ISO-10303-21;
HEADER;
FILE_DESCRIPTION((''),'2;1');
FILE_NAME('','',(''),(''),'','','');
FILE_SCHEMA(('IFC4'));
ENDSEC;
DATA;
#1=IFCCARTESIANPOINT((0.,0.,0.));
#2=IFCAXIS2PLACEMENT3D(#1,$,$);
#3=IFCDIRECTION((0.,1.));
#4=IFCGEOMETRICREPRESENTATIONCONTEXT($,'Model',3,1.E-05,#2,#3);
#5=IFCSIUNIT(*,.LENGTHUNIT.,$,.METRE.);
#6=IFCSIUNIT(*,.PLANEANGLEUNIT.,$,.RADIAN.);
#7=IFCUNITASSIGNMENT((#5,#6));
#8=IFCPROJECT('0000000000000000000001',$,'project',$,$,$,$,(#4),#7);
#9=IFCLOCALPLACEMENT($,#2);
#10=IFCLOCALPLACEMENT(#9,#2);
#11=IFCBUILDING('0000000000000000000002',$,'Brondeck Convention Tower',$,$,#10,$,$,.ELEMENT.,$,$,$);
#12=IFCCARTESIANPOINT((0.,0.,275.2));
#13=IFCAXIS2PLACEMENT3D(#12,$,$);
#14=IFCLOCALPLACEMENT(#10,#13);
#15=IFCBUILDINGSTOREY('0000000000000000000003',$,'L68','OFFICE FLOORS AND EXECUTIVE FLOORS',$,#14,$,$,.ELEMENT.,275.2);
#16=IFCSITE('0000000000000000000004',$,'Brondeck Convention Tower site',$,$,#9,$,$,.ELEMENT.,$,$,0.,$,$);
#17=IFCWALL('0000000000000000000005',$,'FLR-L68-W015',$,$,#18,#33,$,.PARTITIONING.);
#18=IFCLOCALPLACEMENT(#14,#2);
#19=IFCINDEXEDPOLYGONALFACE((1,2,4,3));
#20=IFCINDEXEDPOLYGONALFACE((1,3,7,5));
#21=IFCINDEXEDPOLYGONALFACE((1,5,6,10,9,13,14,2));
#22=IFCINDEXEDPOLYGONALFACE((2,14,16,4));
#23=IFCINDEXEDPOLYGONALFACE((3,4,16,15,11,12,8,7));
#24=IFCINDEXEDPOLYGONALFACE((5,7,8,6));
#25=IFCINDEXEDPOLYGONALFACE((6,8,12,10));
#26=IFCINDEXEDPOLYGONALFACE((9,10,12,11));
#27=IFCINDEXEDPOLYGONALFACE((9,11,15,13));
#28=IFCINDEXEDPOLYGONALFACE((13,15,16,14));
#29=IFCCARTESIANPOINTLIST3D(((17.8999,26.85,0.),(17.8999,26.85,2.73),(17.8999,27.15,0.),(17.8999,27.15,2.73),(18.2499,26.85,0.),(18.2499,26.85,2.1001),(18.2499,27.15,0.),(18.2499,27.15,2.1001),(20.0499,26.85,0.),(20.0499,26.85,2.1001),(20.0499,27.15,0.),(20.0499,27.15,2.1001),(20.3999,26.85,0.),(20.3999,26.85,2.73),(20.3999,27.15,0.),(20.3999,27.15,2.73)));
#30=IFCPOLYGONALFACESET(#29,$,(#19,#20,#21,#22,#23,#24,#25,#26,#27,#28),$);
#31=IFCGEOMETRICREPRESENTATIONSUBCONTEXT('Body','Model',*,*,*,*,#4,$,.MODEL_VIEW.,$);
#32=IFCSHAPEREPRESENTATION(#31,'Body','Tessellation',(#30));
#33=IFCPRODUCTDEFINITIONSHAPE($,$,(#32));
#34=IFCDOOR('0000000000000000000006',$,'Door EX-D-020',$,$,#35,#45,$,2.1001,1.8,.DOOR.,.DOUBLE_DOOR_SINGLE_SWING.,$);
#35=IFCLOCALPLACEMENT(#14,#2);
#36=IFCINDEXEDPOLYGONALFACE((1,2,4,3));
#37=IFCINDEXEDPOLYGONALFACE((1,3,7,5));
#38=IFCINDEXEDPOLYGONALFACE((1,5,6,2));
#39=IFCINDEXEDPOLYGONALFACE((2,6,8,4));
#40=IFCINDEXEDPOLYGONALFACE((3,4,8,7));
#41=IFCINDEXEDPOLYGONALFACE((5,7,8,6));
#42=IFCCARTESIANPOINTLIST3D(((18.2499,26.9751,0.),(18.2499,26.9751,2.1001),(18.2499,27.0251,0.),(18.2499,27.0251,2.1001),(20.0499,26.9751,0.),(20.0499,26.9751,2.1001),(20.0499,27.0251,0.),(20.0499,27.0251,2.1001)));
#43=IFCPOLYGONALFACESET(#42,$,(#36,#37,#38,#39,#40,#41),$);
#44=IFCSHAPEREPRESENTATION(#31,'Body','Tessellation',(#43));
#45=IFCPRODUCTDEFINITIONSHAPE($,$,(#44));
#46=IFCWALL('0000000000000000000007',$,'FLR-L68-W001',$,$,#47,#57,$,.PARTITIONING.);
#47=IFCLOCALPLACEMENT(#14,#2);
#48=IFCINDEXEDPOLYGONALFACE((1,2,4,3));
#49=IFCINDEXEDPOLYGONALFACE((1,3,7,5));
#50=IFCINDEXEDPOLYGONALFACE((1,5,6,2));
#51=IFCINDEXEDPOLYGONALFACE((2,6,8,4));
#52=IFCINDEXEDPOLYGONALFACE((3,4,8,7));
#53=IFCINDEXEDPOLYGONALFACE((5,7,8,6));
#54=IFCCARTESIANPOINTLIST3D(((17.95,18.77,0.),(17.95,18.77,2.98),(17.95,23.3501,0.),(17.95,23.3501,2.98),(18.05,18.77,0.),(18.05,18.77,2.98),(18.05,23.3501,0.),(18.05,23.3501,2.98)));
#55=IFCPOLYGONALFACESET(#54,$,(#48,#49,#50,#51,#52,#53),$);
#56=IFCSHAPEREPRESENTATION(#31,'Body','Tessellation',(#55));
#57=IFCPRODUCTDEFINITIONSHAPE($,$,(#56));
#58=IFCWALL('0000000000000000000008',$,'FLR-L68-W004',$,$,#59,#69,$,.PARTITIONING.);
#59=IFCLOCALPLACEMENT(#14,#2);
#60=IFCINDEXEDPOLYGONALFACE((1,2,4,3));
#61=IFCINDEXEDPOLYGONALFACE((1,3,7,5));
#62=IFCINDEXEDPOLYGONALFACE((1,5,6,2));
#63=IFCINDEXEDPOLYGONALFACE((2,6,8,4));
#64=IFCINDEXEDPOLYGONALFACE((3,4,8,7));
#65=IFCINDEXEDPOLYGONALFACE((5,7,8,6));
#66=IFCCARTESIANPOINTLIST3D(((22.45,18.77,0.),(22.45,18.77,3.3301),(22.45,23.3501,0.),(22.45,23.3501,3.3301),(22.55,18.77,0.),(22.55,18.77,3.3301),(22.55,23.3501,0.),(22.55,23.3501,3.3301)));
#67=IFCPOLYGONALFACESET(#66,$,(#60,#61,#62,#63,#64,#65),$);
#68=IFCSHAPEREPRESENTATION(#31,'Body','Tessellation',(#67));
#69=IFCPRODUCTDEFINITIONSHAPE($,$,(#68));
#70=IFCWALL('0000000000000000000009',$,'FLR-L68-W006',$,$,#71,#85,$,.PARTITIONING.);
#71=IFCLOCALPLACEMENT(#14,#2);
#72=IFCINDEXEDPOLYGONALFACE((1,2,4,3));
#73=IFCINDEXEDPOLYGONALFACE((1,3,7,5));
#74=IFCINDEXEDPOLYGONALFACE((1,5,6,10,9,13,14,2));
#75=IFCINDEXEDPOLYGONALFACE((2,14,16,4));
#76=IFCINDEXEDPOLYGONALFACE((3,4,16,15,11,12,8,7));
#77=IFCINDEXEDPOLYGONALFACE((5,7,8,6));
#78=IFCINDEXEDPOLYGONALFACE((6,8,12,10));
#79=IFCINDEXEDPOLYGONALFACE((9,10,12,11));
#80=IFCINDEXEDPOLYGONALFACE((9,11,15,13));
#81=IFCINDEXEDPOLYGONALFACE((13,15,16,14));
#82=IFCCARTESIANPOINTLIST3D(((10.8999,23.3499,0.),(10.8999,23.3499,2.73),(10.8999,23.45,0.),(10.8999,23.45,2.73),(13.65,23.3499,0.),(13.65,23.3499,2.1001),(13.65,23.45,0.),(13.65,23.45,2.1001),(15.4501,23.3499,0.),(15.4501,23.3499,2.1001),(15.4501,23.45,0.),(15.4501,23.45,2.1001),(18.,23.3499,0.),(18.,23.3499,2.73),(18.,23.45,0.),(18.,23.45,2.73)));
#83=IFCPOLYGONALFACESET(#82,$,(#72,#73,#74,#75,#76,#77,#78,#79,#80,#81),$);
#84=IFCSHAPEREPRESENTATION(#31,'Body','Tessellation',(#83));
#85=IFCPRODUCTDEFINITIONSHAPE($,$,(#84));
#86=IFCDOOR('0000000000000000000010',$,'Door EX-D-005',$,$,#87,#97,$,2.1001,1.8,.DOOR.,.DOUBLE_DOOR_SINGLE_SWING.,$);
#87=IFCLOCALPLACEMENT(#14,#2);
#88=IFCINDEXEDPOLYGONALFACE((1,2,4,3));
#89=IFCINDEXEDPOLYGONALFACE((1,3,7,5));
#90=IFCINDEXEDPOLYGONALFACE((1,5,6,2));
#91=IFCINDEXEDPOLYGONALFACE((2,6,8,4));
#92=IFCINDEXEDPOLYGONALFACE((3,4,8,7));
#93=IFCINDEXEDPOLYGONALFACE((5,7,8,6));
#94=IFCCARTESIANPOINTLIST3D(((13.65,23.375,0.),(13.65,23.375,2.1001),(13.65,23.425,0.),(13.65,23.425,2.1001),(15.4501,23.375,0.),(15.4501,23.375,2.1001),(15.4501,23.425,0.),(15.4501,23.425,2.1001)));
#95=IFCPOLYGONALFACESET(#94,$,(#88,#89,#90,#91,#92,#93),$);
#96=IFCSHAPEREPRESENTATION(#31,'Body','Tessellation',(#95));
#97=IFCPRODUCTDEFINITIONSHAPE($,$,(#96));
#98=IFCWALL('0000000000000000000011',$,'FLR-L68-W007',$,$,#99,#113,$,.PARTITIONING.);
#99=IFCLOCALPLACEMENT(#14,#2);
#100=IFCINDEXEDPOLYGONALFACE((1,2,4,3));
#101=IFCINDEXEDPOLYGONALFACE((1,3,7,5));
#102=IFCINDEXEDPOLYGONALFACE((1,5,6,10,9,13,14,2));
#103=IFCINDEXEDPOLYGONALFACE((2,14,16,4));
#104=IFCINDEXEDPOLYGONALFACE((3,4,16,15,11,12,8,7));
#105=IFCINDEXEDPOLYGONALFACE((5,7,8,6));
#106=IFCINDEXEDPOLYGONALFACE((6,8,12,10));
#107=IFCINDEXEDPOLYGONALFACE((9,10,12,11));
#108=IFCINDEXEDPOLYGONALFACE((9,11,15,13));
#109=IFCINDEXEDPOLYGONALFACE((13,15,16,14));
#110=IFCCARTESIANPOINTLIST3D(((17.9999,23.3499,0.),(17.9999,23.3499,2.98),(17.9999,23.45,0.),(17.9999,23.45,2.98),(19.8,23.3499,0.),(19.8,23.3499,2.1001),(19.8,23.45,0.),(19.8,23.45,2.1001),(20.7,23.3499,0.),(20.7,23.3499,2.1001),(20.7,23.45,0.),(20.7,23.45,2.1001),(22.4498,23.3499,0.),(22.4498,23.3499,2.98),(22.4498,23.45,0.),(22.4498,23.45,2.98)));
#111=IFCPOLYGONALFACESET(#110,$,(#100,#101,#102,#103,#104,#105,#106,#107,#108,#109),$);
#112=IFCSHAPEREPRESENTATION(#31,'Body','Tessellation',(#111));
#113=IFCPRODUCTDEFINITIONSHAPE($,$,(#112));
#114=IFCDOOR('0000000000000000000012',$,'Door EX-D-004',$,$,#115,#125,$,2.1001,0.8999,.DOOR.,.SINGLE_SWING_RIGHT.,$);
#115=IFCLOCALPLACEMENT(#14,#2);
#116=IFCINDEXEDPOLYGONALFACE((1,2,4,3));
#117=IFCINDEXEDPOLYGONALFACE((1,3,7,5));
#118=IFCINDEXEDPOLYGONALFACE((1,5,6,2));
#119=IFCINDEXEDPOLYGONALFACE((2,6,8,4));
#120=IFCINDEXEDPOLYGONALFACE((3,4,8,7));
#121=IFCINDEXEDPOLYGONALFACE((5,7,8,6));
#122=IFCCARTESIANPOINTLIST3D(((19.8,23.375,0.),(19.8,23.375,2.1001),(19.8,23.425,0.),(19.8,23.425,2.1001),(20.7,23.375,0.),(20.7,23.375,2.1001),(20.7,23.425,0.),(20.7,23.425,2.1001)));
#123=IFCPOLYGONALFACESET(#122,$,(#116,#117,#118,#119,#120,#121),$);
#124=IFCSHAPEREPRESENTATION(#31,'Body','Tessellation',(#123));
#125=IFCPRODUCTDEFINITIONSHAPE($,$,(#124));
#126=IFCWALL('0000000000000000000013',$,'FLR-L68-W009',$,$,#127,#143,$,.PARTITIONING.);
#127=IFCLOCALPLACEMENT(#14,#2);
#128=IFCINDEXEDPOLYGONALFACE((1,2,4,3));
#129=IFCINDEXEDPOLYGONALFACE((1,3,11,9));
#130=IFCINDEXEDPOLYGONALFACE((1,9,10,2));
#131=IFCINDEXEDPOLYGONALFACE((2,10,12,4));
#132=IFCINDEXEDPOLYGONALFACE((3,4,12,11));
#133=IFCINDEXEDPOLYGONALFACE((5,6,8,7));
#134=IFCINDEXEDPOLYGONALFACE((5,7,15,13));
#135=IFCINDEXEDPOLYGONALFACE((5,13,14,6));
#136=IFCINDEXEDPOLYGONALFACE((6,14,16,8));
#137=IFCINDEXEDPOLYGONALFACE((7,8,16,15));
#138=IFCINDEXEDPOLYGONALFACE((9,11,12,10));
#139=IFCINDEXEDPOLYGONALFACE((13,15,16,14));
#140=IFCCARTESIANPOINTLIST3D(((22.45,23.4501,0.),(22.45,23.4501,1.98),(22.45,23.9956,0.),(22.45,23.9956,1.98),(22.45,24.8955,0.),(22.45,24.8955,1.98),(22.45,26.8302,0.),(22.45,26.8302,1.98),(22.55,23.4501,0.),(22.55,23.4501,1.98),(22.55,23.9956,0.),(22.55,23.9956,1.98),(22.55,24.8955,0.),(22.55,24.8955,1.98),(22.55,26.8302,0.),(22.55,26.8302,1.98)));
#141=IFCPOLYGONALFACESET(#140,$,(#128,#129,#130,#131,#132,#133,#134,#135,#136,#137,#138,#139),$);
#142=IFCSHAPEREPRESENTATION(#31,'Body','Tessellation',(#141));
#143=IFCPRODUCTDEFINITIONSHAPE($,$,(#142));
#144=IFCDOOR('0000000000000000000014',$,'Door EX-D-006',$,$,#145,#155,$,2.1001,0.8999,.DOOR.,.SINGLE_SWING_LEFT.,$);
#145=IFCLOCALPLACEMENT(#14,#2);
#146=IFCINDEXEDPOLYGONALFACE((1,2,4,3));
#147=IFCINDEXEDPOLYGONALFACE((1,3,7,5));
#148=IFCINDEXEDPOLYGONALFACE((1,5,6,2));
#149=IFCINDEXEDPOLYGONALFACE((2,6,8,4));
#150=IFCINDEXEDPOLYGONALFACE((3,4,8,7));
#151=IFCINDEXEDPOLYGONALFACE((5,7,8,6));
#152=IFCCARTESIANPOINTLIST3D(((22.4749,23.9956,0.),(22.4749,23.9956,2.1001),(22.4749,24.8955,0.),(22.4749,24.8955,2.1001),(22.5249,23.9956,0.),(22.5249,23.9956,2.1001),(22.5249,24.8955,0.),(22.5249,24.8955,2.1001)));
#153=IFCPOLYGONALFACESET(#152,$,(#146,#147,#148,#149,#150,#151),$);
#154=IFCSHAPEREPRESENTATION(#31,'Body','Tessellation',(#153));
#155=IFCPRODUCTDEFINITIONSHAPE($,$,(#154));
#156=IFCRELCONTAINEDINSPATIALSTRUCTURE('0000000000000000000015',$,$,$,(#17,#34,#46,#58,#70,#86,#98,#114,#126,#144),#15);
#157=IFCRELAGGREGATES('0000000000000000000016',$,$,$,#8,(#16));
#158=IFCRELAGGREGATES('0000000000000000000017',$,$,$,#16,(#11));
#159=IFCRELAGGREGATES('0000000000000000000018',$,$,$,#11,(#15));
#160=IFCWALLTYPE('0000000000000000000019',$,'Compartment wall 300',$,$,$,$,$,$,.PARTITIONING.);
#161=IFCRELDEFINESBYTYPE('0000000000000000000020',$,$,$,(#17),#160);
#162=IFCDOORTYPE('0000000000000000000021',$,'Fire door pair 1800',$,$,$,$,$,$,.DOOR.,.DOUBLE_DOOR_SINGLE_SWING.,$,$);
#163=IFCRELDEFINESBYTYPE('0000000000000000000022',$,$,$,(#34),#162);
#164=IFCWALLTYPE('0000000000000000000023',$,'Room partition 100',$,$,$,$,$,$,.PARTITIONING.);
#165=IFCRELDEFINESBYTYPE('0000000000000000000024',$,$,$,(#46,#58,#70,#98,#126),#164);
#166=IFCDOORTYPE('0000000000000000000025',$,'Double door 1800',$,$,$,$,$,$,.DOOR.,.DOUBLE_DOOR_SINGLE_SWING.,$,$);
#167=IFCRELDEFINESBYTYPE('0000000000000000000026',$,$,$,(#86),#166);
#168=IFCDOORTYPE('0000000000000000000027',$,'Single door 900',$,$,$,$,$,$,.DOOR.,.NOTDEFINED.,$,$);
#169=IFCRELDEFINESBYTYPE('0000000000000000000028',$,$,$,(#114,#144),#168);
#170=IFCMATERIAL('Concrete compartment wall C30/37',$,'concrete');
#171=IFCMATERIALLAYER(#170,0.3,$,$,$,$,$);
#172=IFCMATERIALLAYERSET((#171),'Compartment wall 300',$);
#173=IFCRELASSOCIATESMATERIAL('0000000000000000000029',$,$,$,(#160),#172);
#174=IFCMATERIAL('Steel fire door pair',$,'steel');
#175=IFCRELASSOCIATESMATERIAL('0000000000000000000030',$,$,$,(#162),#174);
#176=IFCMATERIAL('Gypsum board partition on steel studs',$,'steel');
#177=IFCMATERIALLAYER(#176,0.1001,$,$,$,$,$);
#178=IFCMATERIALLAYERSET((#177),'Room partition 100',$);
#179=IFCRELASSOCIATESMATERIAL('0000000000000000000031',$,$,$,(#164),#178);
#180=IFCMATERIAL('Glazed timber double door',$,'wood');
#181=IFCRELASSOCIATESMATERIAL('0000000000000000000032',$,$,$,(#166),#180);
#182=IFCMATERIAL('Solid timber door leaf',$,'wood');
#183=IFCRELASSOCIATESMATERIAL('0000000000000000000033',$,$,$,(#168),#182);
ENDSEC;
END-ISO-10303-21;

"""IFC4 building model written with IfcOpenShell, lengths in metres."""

from ifc_helpers import new_model, si_unit, direction, frame, frame_2d, origin, place, context, subcontext, project, spatial, rectangle, extrude, material, layer, layer_set, type_object, element, fill, save


model = new_model("IFC4")

# Units and contexts
model_context = context("Model", 3, precision=1e-05, world=origin(), true_north=direction((0.0, 1.0)))
body_context = subcontext(model_context, "Body", "Model", "MODEL_VIEW")
ifc_project = project(units=[si_unit("LENGTHUNIT", "METRE"), si_unit("PLANEANGLEUNIT", "RADIAN")], contexts=[model_context])

# Site, building, storey
site_placement = place(None, origin())
site = spatial("IfcSite", under=ifc_project, at=site_placement, Name="Brondeck Convention Tower site", CompositionType="ELEMENT", RefElevation=0.0)
building_placement = place(site_placement, origin())
building = spatial("IfcBuilding", under=site, at=building_placement, Name="Brondeck Convention Tower", CompositionType="ELEMENT")
storey_placement = place(building_placement, frame((0.0, 0.0, 275.2)))
storey = spatial("IfcBuildingStorey", under=building, at=storey_placement, Name="L68", Description="OFFICE FLOORS AND EXECUTIVE FLOORS", CompositionType="ELEMENT", Elevation=275.2)

# Shared definitions
ifc_material_1 = material(Name="Concrete compartment wall C30/37", Category="concrete")
ifc_layer_1 = layer(ifc_material_1, 0.3)
ifc_layer_set_1 = layer_set([ifc_layer_1], Name="Compartment wall 300")
wall_type_1 = type_object("IfcWallType", Name="Compartment wall 300", PredefinedType="PARTITIONING", material=ifc_layer_set_1)

# Wall, opening, door
wall_1_placement = place(storey_placement, frame((20.3999, 27.0, 0.0), z_axis=(0.0, 0.0, 1.0), x_axis=(-1.0, 0.0, 0.0)))
wall_1 = element("IfcWall", 1, at=wall_1_placement, inside=storey, type_object=wall_type_1, Name="FLR-L68-W015", PredefinedType="PARTITIONING", context=body_context, shape_type="SweptSolid", body=[
    extrude(rectangle(XDim=2.5, YDim=0.3, at=frame_2d((1.25, 0.0))), origin(), (0.0, 0.0, 1.0), 2.73),
])
opening_1_placement = place(wall_1_placement, frame((0.3501, 0.0, 0.0)))
opening_1 = element("IfcOpeningElement", 2, at=opening_1_placement, cuts=wall_1, PredefinedType="OPENING", context=body_context, shape_type="SweptSolid", body=[
    extrude(rectangle(XDim=1.8, YDim=2.1001, at=frame_2d((0.8999, 1.05))), frame((0.0, 0.1599, 0.0), z_axis=(0.0, -1.0, 0.0), x_axis=(1.0, 0.0, 0.0)), (0.0, 0.0, 1.0), 0.3201),
])
ifc_material_2 = material(Name="Steel fire door pair", Category="steel")
door_type_1 = type_object("IfcDoorType", Name="Fire door pair 1800", OperationType="DOUBLE_DOOR_SINGLE_SWING", PredefinedType="DOOR", material=ifc_material_2)
door_1_placement = place(opening_1_placement, origin())
door_1 = element("IfcDoor", 3, at=door_1_placement, inside=storey, type_object=door_type_1, Name="Door EX-D-020", OperationType="DOUBLE_DOOR_SINGLE_SWING", OverallHeight=2.1001, OverallWidth=1.8, PredefinedType="DOOR", context=body_context, shape_type="SweptSolid", body=[
    extrude(rectangle(XDim=1.8, YDim=2.1001, at=frame_2d((0.8999, 1.05))), frame((0.0, 0.0249, 0.0), z_axis=(0.0, -1.0, 0.0), x_axis=(1.0, 0.0, 0.0)), (0.0, 0.0, 1.0), 0.05),
])
fill(opening_1, door_1)

# Walls
ifc_material_3 = material(Name="Gypsum board partition on steel studs", Category="steel")
ifc_layer_2 = layer(ifc_material_3, 0.1001)
ifc_layer_set_2 = layer_set([ifc_layer_2], Name="Room partition 100")
wall_type_2 = type_object("IfcWallType", Name="Room partition 100", PredefinedType="PARTITIONING", material=ifc_layer_set_2)
wall_2_placement = place(storey_placement, frame((18.0, 18.77, 0.0), z_axis=(0.0, 0.0, 1.0), x_axis=(0.0, 1.0, 0.0)))
element("IfcWall", 4, at=wall_2_placement, inside=storey, type_object=wall_type_2, Name="FLR-L68-W001", PredefinedType="PARTITIONING", context=body_context, shape_type="SweptSolid", body=[
    extrude(rectangle(XDim=4.5801, YDim=0.1001, at=frame_2d((2.29, 0.0))), origin(), (0.0, 0.0, 1.0), 2.98),
])
wall_3_placement = place(storey_placement, frame((22.5, 23.3501, 0.0), z_axis=(0.0, 0.0, 1.0), x_axis=(0.0, -1.0, 0.0)))
element("IfcWall", 5, at=wall_3_placement, inside=storey, type_object=wall_type_2, Name="FLR-L68-W004", PredefinedType="PARTITIONING", context=body_context, shape_type="SweptSolid", body=[
    extrude(rectangle(XDim=4.5801, YDim=0.1001, at=frame_2d((2.29, 0.0))), origin(), (0.0, 0.0, 1.0), 3.3301),
])

# Walls, openings, doors
wall_4_placement = place(storey_placement, frame((18.0, 23.3999, 0.0), z_axis=(0.0, 0.0, 1.0), x_axis=(-1.0, 0.0, 0.0)))
wall_4 = element("IfcWall", 6, at=wall_4_placement, inside=storey, type_object=wall_type_2, Name="FLR-L68-W006", PredefinedType="PARTITIONING", context=body_context, shape_type="SweptSolid", body=[
    extrude(rectangle(XDim=7.1001, YDim=0.1001, at=frame_2d((3.55, 0.0))), origin(), (0.0, 0.0, 1.0), 2.73),
])
opening_2_placement = place(wall_4_placement, frame((2.55, 0.0, 0.0)))
opening_2 = element("IfcOpeningElement", 7, at=opening_2_placement, cuts=wall_4, PredefinedType="OPENING", context=body_context, shape_type="SweptSolid", body=[
    extrude(rectangle(XDim=1.8, YDim=2.1001, at=frame_2d((0.8999, 1.05))), frame((0.0, 0.0601, 0.0), z_axis=(0.0, -1.0, 0.0), x_axis=(1.0, 0.0, 0.0)), (0.0, 0.0, 1.0), 0.1201),
])
ifc_material_4 = material(Name="Glazed timber double door", Category="wood")
door_type_2 = type_object("IfcDoorType", Name="Double door 1800", OperationType="DOUBLE_DOOR_SINGLE_SWING", PredefinedType="DOOR", material=ifc_material_4)
door_2_placement = place(opening_2_placement, origin())
door_2 = element("IfcDoor", 8, at=door_2_placement, inside=storey, type_object=door_type_2, Name="Door EX-D-005", OperationType="DOUBLE_DOOR_SINGLE_SWING", OverallHeight=2.1001, OverallWidth=1.8, PredefinedType="DOOR", context=body_context, shape_type="SweptSolid", body=[
    extrude(rectangle(XDim=1.8, YDim=2.1001, at=frame_2d((0.8999, 1.05))), frame((0.0, 0.0249, 0.0), z_axis=(0.0, -1.0, 0.0), x_axis=(1.0, 0.0, 0.0)), (0.0, 0.0, 1.0), 0.05),
])
fill(opening_2, door_2)
wall_5_placement = place(storey_placement, frame((22.45, 23.3999, 0.0), z_axis=(0.0, 0.0, 1.0), x_axis=(-1.0, 0.0, 0.0)))
wall_5 = element("IfcWall", 9, at=wall_5_placement, inside=storey, type_object=wall_type_2, Name="FLR-L68-W007", PredefinedType="PARTITIONING", context=body_context, shape_type="SweptSolid", body=[
    extrude(rectangle(XDim=4.45, YDim=0.1001, at=frame_2d((2.2251, 0.0))), origin(), (0.0, 0.0, 1.0), 2.98),
])
opening_3_placement = place(wall_5_placement, frame((1.75, 0.0, 0.0)))
opening_3 = element("IfcOpeningElement", 10, at=opening_3_placement, cuts=wall_5, PredefinedType="OPENING", context=body_context, shape_type="SweptSolid", body=[
    extrude(rectangle(XDim=0.8999, YDim=2.1001, at=frame_2d((0.45, 1.05))), frame((0.0, 0.0601, 0.0), z_axis=(0.0, -1.0, 0.0), x_axis=(1.0, 0.0, 0.0)), (0.0, 0.0, 1.0), 0.1201),
])
ifc_material_5 = material(Name="Solid timber door leaf", Category="wood")
door_type_3 = type_object("IfcDoorType", Name="Single door 900", OperationType="NOTDEFINED", PredefinedType="DOOR", material=ifc_material_5)
door_3_placement = place(opening_3_placement, origin())
door_3 = element("IfcDoor", 11, at=door_3_placement, inside=storey, type_object=door_type_3, Name="Door EX-D-004", OperationType="SINGLE_SWING_RIGHT", OverallHeight=2.1001, OverallWidth=0.8999, PredefinedType="DOOR", context=body_context, shape_type="SweptSolid", body=[
    extrude(rectangle(XDim=0.8999, YDim=2.1001, at=frame_2d((0.45, 1.05))), frame((0.0, 0.0249, 0.0), z_axis=(0.0, -1.0, 0.0), x_axis=(1.0, 0.0, 0.0)), (0.0, 0.0, 1.0), 0.05),
])
fill(opening_3, door_3)
wall_6_placement = place(storey_placement, frame((22.5, 26.8301, 0.0), z_axis=(0.0, 0.0, 1.0), x_axis=(0.0, -1.0, 0.0)))
wall_6 = element("IfcWall", 12, at=wall_6_placement, inside=storey, type_object=wall_type_2, Name="FLR-L68-W009", PredefinedType="PARTITIONING", context=body_context, shape_type="SweptSolid", body=[
    extrude(rectangle(XDim=3.3801, YDim=0.1001, at=frame_2d((1.6899, 0.0))), origin(), (0.0, 0.0, 1.0), 1.98),
])
opening_4_placement = place(wall_6_placement, frame((1.9346, 0.0, 0.0)))
opening_4 = element("IfcOpeningElement", 13, at=opening_4_placement, cuts=wall_6, PredefinedType="OPENING", context=body_context, shape_type="SweptSolid", body=[
    extrude(rectangle(XDim=0.8999, YDim=2.1001, at=frame_2d((0.45, 1.05))), frame((0.0, 0.0601, 0.0), z_axis=(0.0, -1.0, 0.0), x_axis=(1.0, 0.0, 0.0)), (0.0, 0.0, 1.0), 0.1201),
])
door_4_placement = place(opening_4_placement, origin())
door_4 = element("IfcDoor", 14, at=door_4_placement, inside=storey, type_object=door_type_3, Name="Door EX-D-006", OperationType="SINGLE_SWING_LEFT", OverallHeight=2.1001, OverallWidth=0.8999, PredefinedType="DOOR", context=body_context, shape_type="SweptSolid", body=[
    extrude(rectangle(XDim=0.8999, YDim=2.1001, at=frame_2d((0.45, 1.05))), frame((0.0, 0.0249, 0.0), z_axis=(0.0, -1.0, 0.0), x_axis=(1.0, 0.0, 0.0)), (0.0, 0.0, 1.0), 0.05),
])
fill(opening_4, door_4)

save(model, "model.ifc")
